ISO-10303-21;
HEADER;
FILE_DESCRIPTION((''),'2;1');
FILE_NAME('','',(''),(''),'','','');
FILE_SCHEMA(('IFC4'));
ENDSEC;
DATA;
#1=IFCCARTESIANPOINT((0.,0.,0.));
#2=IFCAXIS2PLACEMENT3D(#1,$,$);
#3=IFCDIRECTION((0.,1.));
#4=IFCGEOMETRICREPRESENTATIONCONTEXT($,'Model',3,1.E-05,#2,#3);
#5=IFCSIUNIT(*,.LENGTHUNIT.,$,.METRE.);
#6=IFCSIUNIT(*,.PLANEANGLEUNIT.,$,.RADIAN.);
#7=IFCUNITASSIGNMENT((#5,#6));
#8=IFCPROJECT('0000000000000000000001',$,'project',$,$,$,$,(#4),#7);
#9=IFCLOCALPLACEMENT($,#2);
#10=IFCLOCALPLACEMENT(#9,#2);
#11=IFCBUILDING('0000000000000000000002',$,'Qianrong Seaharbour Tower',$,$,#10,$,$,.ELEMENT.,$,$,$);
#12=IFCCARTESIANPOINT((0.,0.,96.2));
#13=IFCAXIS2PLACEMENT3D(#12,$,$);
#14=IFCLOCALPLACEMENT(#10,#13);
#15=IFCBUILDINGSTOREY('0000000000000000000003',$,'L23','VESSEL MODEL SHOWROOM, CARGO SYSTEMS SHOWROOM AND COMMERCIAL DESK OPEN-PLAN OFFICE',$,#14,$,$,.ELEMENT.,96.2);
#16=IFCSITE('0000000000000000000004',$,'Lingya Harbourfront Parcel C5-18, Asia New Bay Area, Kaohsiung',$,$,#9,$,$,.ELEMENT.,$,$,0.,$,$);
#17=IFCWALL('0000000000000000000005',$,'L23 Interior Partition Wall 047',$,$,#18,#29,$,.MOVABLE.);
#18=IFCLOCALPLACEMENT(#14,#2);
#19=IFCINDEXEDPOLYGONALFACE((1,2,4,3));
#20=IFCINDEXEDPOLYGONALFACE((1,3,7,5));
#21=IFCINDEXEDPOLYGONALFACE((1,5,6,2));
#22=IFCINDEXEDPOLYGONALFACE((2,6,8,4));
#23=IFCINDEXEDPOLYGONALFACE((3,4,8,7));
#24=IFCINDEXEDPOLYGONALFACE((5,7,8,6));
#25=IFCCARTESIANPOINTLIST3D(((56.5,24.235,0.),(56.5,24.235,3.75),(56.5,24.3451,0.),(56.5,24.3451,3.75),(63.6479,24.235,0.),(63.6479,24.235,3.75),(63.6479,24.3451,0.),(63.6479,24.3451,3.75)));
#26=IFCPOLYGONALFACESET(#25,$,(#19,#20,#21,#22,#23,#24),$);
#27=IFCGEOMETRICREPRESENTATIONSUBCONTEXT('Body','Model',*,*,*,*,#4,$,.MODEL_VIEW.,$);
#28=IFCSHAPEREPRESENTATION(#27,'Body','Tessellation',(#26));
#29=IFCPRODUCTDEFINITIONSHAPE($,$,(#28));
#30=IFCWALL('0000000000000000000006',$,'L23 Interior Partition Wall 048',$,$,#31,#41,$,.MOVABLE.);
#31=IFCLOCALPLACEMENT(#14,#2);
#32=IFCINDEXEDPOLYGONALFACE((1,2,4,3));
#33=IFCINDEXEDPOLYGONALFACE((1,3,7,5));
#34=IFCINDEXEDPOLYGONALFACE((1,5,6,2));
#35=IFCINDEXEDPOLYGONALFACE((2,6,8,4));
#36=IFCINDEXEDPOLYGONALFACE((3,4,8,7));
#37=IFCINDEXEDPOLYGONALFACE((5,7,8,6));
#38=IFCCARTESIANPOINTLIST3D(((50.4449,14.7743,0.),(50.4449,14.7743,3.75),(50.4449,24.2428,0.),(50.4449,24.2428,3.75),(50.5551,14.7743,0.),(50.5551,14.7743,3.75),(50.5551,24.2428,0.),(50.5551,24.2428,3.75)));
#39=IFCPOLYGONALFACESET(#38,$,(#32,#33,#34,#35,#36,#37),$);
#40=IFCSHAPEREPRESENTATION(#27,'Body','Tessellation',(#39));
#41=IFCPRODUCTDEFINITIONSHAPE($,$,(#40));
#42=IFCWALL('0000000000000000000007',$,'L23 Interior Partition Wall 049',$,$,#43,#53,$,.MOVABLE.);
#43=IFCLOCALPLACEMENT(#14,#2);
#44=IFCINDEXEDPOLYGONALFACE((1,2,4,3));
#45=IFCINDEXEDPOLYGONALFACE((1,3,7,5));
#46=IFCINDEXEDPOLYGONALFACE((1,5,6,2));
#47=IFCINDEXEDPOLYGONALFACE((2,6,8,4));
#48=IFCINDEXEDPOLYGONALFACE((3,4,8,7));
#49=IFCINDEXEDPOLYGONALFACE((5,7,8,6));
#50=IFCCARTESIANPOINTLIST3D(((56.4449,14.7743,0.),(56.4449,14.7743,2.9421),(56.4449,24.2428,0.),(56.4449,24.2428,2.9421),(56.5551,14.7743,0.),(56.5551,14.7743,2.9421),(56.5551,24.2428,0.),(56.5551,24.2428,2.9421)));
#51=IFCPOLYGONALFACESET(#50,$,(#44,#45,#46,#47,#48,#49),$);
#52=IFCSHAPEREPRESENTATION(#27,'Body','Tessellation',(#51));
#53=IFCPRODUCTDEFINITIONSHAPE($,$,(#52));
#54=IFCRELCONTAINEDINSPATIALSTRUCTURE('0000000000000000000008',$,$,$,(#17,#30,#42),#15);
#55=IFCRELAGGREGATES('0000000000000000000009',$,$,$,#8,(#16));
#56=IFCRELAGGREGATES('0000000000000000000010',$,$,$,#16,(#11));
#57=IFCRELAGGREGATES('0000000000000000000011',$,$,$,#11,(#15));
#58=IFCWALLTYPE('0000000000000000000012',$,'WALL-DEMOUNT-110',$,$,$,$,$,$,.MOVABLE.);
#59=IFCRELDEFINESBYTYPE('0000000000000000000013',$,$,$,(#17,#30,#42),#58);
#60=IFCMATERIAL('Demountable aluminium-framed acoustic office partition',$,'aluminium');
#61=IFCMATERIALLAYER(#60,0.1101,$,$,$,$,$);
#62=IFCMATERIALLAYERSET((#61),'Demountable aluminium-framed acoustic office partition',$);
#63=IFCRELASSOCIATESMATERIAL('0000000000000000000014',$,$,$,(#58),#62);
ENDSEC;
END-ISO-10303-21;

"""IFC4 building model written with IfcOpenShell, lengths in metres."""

from ifc_helpers import new_model, si_unit, direction, frame, frame_2d, origin, place, context, subcontext, project, spatial, rectangle, extrude, material, layer, layer_set, type_object, element, save


model = new_model("IFC4")

# Units and contexts
model_context = context("Model", 3, precision=1e-05, world=origin(), true_north=direction((0.0, 1.0)))
body_context = subcontext(model_context, "Body", "Model", "MODEL_VIEW")
ifc_project = project(units=[si_unit("LENGTHUNIT", "METRE"), si_unit("PLANEANGLEUNIT", "RADIAN")], contexts=[model_context])

# Site, building, storey
site_placement = place(None, origin())
site = spatial("IfcSite", under=ifc_project, at=site_placement, Name="Lingya Harbourfront Parcel C5-18, Asia New Bay Area, Kaohsiung", CompositionType="ELEMENT", RefElevation=0.0)
building_placement = place(site_placement, origin())
building = spatial("IfcBuilding", under=site, at=building_placement, Name="Qianrong Seaharbour Tower", CompositionType="ELEMENT")
storey_placement = place(building_placement, frame((0.0, 0.0, 96.2)))
storey = spatial("IfcBuildingStorey", under=building, at=storey_placement, Name="L23", Description="VESSEL MODEL SHOWROOM, CARGO SYSTEMS SHOWROOM AND COMMERCIAL DESK OPEN-PLAN OFFICE", CompositionType="ELEMENT", Elevation=96.2)

# Walls
ifc_material_1 = material(Name="Demountable aluminium-framed acoustic office partition", Category="aluminium")
ifc_layer_1 = layer(ifc_material_1, 0.1101)
ifc_layer_set_1 = layer_set([ifc_layer_1], Name="Demountable aluminium-framed acoustic office partition")
wall_type_1 = type_object("IfcWallType", Name="WALL-DEMOUNT-110", PredefinedType="MOVABLE", material=ifc_layer_set_1)
wall_1_placement = place(storey_placement, frame((63.6479, 24.29, 0.0), z_axis=(0.0, 0.0, 1.0), x_axis=(-1.0, 0.0, 0.0)))
element("IfcWall", 1, at=wall_1_placement, inside=storey, type_object=wall_type_1, Name="L23 Interior Partition Wall 047", PredefinedType="MOVABLE", context=body_context, shape_type="SweptSolid", body=[
    extrude(rectangle(XDim=7.1479, YDim=0.1101, at=frame_2d((3.574, 0.0))), origin(), (0.0, 0.0, 1.0), 3.75),
])
wall_2_placement = place(storey_placement, frame((50.5, 24.2429, 0.0), z_axis=(0.0, 0.0, 1.0), x_axis=(0.0, -1.0, 0.0)))
element("IfcWall", 2, at=wall_2_placement, inside=storey, type_object=wall_type_1, Name="L23 Interior Partition Wall 048", PredefinedType="MOVABLE", context=body_context, shape_type="SweptSolid", body=[
    extrude(rectangle(XDim=9.4685, YDim=0.1101, at=frame_2d((4.7344, 0.0))), origin(), (0.0, 0.0, 1.0), 3.75),
])
wall_3_placement = place(storey_placement, frame((56.5, 24.2429, 0.0), z_axis=(0.0, 0.0, 1.0), x_axis=(0.0, -1.0, 0.0)))
element("IfcWall", 3, at=wall_3_placement, inside=storey, type_object=wall_type_1, Name="L23 Interior Partition Wall 049", PredefinedType="MOVABLE", context=body_context, shape_type="SweptSolid", body=[
    extrude(rectangle(XDim=9.4685, YDim=0.1101, at=frame_2d((4.7344, 0.0))), origin(), (0.0, 0.0, 1.0), 2.9421),
])

save(model, "model.ifc")
